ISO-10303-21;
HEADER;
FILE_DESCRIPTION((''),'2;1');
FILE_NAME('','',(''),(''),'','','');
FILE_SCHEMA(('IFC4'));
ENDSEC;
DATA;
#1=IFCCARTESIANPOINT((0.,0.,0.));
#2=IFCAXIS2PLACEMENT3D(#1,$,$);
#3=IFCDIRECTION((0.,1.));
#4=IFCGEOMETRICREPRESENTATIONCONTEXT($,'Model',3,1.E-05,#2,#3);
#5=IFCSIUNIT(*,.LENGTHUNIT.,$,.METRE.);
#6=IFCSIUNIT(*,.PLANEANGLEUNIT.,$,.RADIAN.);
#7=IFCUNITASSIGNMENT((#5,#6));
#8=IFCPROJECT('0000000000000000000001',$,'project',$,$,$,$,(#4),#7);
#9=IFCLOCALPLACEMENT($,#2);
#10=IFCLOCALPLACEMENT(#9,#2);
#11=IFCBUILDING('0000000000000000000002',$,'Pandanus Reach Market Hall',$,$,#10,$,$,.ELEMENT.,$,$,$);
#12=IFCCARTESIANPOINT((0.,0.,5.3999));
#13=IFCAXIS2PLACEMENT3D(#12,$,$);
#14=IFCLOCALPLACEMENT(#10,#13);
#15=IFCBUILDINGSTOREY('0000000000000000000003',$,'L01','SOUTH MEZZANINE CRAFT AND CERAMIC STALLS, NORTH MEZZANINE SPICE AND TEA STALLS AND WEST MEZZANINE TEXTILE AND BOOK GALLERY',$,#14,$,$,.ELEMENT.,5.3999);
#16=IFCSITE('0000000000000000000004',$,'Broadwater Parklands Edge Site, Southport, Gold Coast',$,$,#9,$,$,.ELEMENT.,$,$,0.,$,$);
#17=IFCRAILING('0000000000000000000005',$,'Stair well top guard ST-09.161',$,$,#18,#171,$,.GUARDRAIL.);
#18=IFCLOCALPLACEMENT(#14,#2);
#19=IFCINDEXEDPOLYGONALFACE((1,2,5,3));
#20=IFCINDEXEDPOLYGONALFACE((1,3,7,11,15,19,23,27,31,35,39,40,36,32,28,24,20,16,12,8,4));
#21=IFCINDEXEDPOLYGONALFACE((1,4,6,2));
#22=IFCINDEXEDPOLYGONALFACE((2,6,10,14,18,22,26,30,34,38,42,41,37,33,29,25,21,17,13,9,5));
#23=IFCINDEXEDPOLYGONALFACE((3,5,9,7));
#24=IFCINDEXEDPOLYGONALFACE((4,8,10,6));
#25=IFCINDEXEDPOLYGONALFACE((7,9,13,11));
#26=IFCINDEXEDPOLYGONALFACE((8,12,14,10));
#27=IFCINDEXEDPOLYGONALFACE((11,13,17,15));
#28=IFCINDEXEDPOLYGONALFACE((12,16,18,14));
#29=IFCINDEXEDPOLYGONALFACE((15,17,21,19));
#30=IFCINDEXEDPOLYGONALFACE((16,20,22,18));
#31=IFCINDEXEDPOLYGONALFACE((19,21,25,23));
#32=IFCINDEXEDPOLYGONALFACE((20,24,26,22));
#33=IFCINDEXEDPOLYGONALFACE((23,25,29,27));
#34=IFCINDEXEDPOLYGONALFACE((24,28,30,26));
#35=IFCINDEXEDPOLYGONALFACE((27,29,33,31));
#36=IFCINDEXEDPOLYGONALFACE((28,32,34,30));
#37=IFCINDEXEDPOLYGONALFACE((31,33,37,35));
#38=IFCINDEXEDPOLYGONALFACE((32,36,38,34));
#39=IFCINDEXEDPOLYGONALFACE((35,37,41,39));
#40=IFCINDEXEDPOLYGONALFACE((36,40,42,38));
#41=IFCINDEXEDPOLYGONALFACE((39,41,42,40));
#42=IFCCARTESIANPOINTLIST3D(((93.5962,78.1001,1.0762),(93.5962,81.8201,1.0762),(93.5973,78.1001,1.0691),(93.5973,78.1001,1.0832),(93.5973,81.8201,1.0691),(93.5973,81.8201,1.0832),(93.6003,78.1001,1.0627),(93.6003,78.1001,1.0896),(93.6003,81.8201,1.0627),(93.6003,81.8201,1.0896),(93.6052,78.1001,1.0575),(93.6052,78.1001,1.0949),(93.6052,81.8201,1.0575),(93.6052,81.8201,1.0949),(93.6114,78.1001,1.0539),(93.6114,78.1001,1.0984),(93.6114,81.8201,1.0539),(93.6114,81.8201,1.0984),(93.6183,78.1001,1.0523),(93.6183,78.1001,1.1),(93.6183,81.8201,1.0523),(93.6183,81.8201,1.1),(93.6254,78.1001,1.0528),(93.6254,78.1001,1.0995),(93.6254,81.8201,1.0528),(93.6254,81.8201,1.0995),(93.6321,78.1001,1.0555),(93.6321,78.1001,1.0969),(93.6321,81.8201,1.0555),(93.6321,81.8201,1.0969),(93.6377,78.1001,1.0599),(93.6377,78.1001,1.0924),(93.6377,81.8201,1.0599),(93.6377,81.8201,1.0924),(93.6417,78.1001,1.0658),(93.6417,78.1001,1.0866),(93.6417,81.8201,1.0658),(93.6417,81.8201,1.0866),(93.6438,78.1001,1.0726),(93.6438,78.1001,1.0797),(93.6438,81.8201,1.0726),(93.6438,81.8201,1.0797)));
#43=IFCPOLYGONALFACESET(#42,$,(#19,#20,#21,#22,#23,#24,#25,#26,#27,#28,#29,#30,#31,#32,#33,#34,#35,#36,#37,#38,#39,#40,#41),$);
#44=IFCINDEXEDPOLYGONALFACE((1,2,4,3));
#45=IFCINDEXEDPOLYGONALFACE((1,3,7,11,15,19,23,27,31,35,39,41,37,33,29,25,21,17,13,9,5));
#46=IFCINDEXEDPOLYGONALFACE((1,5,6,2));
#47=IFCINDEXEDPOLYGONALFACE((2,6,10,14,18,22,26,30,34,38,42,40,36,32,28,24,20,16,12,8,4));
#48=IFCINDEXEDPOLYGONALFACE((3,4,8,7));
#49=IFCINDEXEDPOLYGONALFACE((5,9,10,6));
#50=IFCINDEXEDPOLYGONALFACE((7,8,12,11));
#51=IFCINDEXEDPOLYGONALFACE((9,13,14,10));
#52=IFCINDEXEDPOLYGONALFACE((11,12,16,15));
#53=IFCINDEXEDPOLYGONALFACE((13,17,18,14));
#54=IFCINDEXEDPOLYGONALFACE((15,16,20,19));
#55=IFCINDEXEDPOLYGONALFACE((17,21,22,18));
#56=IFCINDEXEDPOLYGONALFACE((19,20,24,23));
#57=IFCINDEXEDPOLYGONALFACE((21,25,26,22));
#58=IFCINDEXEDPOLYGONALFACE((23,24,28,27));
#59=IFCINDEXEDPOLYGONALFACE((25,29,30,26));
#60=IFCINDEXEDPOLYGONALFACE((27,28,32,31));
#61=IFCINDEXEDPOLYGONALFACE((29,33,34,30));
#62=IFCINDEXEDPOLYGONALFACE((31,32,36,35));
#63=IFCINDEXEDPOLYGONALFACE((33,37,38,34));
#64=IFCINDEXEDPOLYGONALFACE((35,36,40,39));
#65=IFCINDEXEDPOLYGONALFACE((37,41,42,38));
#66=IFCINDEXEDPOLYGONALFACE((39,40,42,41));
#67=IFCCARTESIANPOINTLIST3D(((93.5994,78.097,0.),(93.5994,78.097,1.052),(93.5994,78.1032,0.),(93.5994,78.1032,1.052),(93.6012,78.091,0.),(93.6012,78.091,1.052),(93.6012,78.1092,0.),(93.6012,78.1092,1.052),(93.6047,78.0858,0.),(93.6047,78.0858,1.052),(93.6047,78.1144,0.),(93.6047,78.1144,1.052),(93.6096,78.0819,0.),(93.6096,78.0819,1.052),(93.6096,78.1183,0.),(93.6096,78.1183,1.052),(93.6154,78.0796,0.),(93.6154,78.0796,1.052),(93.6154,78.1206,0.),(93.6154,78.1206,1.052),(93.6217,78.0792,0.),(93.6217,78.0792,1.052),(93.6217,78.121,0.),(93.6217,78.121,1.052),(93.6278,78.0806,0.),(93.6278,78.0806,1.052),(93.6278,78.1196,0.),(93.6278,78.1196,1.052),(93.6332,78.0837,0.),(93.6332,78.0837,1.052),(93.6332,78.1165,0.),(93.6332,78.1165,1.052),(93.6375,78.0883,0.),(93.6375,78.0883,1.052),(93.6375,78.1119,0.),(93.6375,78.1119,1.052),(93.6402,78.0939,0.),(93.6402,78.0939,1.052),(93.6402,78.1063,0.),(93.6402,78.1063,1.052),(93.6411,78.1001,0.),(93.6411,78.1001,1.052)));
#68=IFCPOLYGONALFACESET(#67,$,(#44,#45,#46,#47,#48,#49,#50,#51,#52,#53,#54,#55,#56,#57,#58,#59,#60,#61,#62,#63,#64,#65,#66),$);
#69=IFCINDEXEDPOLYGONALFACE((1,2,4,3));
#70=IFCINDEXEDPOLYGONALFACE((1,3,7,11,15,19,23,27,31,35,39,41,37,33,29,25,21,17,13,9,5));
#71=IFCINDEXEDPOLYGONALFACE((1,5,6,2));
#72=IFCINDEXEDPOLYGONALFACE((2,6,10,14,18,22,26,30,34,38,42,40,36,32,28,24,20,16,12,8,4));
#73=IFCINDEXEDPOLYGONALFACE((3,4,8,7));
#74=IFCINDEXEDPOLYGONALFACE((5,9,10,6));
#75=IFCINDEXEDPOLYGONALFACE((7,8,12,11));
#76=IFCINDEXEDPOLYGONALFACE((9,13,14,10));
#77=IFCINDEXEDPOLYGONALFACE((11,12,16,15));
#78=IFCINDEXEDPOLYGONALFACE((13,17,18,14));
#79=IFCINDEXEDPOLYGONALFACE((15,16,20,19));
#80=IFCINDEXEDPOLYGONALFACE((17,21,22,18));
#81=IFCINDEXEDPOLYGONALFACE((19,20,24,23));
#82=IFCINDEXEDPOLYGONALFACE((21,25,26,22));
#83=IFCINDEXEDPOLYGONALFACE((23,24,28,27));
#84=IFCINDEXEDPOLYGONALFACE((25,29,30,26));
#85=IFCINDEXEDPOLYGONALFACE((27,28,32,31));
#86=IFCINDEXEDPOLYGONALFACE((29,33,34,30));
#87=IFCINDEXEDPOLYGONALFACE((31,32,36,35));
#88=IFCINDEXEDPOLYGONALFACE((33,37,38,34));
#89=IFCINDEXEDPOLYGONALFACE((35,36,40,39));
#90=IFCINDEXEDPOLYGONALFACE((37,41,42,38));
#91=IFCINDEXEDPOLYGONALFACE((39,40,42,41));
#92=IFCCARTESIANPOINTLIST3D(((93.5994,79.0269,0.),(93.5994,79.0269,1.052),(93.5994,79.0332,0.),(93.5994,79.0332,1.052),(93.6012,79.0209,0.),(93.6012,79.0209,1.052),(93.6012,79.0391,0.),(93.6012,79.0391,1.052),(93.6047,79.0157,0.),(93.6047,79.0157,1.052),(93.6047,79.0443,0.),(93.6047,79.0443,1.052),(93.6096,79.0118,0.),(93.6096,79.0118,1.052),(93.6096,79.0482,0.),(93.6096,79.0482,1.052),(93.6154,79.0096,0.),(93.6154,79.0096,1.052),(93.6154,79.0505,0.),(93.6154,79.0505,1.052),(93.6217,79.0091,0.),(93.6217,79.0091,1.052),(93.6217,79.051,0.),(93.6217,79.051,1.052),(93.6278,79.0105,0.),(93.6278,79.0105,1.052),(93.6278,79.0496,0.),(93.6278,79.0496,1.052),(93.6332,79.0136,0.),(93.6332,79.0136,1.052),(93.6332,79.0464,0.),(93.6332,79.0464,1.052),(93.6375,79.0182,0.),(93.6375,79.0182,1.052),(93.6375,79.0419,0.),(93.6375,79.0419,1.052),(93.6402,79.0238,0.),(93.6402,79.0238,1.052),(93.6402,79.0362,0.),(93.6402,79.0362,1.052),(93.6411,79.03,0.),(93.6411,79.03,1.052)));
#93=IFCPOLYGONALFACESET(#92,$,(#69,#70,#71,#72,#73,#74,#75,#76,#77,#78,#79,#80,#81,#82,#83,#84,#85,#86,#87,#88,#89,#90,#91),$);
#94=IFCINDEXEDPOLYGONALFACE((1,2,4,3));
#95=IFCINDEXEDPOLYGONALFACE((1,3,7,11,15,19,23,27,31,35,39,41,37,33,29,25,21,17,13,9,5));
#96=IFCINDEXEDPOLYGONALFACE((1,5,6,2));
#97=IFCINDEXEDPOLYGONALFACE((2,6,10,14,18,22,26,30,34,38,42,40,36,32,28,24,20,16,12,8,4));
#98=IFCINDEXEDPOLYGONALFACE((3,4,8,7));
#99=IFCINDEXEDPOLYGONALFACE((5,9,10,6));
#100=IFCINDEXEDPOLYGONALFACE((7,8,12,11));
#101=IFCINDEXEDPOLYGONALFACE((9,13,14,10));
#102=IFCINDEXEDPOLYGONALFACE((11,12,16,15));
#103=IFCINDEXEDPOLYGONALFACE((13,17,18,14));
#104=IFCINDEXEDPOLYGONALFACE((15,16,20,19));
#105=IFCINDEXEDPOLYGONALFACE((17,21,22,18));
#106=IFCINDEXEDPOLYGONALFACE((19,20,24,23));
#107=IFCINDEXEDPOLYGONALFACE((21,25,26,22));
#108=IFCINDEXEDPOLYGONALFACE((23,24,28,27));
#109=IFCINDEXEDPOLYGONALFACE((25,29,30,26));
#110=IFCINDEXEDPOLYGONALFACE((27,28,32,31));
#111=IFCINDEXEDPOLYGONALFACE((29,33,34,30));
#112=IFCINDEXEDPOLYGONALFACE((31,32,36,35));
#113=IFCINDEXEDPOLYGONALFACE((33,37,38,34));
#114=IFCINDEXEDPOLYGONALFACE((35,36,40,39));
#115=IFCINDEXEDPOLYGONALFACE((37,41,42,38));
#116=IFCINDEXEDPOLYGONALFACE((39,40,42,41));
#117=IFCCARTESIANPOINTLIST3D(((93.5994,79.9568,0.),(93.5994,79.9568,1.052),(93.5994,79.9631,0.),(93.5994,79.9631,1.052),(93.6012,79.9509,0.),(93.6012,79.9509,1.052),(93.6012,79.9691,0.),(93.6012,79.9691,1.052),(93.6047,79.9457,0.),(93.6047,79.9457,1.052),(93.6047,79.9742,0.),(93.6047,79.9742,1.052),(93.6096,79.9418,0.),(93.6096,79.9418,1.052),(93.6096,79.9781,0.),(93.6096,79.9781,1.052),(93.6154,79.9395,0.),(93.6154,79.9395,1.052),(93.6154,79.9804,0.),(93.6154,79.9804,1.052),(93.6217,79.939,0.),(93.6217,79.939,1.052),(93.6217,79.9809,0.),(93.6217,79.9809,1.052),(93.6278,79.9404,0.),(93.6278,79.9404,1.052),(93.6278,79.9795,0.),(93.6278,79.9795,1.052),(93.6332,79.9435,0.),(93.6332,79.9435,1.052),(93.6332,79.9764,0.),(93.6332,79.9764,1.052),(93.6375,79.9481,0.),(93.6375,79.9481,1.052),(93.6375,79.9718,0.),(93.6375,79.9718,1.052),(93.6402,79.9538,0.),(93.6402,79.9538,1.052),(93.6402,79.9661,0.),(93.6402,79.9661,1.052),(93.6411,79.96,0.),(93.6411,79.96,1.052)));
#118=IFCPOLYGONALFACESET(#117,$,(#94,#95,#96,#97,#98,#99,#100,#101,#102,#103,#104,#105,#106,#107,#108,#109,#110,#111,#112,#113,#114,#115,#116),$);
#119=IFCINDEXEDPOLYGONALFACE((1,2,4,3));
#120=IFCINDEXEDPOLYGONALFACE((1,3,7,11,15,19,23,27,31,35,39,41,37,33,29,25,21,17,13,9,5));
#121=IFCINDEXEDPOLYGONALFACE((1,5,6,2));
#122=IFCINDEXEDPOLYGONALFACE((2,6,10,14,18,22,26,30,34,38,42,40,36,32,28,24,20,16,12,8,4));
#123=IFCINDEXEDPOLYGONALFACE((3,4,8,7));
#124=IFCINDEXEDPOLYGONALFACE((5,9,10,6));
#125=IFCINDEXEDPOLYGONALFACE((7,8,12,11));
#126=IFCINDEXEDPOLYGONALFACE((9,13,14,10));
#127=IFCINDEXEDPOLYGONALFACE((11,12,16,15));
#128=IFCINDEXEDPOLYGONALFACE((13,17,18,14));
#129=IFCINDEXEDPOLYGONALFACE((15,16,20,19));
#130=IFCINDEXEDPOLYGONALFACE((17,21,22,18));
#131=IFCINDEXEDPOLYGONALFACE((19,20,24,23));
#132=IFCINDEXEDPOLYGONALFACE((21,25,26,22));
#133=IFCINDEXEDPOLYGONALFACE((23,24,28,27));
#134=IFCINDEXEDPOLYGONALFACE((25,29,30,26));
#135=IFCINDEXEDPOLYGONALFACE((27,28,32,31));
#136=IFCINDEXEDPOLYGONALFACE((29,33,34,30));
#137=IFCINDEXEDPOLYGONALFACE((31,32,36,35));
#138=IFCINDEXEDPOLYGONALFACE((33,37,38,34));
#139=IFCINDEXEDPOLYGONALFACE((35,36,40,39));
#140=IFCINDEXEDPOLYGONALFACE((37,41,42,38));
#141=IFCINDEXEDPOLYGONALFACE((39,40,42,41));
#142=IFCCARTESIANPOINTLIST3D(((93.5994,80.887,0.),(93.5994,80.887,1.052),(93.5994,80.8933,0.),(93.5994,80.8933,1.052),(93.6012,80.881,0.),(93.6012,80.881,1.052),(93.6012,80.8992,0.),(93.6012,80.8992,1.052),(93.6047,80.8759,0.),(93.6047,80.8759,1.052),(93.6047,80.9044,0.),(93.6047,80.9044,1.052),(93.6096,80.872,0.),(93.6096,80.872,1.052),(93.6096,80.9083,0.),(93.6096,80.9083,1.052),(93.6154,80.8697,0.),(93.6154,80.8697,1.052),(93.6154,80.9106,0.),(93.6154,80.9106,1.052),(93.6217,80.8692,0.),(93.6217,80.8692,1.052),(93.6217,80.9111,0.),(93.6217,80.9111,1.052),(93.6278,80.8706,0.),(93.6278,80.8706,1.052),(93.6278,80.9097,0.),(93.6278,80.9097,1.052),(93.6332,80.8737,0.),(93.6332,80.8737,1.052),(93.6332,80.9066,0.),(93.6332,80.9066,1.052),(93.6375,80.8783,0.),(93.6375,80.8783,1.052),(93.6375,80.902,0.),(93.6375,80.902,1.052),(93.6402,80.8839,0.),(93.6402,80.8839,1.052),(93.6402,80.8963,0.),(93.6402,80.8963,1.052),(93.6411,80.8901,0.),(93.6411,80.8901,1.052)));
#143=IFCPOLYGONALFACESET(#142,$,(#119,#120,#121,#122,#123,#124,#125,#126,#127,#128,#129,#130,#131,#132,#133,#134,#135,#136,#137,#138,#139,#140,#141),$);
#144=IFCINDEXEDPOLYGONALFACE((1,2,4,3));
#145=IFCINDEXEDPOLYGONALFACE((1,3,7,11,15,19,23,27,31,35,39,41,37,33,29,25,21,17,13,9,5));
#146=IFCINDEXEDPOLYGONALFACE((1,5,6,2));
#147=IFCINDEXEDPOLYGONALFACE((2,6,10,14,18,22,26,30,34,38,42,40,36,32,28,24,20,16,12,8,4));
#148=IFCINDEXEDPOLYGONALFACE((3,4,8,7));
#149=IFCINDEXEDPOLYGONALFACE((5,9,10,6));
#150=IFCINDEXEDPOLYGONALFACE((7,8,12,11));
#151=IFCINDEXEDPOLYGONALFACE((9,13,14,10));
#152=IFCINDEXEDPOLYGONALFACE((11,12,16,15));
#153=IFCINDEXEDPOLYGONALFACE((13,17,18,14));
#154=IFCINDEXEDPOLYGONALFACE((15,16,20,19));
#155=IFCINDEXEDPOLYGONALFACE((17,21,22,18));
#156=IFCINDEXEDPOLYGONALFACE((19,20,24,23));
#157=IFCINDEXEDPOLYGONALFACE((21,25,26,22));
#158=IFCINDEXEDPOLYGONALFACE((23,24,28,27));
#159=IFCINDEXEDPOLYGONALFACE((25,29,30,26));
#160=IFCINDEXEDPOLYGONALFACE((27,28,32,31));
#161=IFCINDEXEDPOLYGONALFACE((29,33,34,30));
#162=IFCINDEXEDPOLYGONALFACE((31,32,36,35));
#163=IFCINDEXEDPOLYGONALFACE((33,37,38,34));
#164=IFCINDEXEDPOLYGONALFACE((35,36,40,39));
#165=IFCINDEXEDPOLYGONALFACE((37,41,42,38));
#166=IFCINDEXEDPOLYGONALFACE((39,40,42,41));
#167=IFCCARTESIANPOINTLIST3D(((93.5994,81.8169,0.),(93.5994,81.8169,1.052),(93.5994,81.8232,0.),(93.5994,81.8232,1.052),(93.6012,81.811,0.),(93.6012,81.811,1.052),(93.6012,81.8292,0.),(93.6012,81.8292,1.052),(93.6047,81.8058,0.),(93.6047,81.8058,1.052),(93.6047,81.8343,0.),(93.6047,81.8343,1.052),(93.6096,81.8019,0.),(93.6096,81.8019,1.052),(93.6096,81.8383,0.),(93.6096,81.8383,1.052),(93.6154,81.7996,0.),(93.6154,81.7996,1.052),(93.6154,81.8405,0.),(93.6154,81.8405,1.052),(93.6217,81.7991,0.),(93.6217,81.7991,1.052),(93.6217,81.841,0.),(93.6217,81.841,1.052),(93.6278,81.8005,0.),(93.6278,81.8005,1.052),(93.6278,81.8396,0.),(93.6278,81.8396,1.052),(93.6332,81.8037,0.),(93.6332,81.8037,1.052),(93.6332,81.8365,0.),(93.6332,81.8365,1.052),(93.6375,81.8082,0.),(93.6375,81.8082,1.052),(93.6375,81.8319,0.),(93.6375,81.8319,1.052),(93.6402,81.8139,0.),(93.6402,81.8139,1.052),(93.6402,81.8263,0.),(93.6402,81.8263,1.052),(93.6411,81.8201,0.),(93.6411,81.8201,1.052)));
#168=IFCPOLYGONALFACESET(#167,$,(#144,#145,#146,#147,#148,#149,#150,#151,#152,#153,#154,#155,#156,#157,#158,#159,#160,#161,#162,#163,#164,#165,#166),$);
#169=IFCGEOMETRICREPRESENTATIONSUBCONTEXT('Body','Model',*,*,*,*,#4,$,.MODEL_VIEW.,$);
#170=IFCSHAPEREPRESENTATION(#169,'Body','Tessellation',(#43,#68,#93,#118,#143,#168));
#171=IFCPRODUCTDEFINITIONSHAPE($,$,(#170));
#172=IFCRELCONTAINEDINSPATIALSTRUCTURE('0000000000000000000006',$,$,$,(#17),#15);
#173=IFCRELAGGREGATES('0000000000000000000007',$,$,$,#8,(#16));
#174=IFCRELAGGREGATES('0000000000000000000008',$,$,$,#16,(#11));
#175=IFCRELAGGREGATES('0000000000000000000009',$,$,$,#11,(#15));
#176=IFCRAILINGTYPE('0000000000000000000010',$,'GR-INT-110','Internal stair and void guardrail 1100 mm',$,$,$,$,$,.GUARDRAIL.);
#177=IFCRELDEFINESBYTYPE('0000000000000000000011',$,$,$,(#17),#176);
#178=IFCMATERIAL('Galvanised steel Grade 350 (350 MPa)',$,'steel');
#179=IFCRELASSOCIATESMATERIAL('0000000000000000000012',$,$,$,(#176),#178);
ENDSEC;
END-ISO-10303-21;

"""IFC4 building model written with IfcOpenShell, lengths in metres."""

from ifc_helpers import new_model, si_unit, direction, frame, origin, origin_2d, place, context, subcontext, project, spatial, circle, extrude, material, type_object, element, save


model = new_model("IFC4")

# Units and contexts
model_context = context("Model", 3, precision=1e-05, world=origin(), true_north=direction((0.0, 1.0)))
body_context = subcontext(model_context, "Body", "Model", "MODEL_VIEW")
ifc_project = project(units=[si_unit("LENGTHUNIT", "METRE"), si_unit("PLANEANGLEUNIT", "RADIAN")], contexts=[model_context])

# Site, building, storey
site_placement = place(None, origin())
site = spatial("IfcSite", under=ifc_project, at=site_placement, Name="Broadwater Parklands Edge Site, Southport, Gold Coast", CompositionType="ELEMENT", RefElevation=0.0)
building_placement = place(site_placement, origin())
building = spatial("IfcBuilding", under=site, at=building_placement, Name="Pandanus Reach Market Hall", CompositionType="ELEMENT")
storey_placement = place(building_placement, frame((0.0, 0.0, 5.3999)))
storey = spatial("IfcBuildingStorey", under=building, at=storey_placement, Name="L01", Description="SOUTH MEZZANINE CRAFT AND CERAMIC STALLS, NORTH MEZZANINE SPICE AND TEA STALLS AND WEST MEZZANINE TEXTILE AND BOOK GALLERY", CompositionType="ELEMENT", Elevation=5.3999)

# Railing
ifc_material_1 = material(Name="Galvanised steel Grade 350 (350 MPa)", Category="steel")
railing_type = type_object("IfcRailingType", Name="GR-INT-110", Description="Internal stair and void guardrail 1100 mm", PredefinedType="GUARDRAIL", material=ifc_material_1)
railing_placement = place(storey_placement, frame((93.6201, 78.1001, 0.0)))
element("IfcRailing", 1, at=railing_placement, inside=storey, type_object=railing_type, Name="Stair well top guard ST-09.161", PredefinedType="GUARDRAIL", context=body_context, shape_type="SweptSolid", body=[
    extrude(circle(Radius=0.0239, at=origin_2d()), frame((0.0, 0.0, 1.0762), z_axis=(0.0, 1.0, 0.0), x_axis=(-1.0, 0.0, 0.0)), (0.0, 0.0, 1.0), 3.72),
    extrude(circle(Radius=0.021, at=origin_2d()), origin(), (0.0, 0.0, 1.0), 1.052),
    extrude(circle(Radius=0.021, at=origin_2d()), frame((0.0, 0.9299, 0.0)), (0.0, 0.0, 1.0), 1.052),
    extrude(circle(Radius=0.021, at=origin_2d()), frame((0.0, 1.8599, 0.0)), (0.0, 0.0, 1.0), 1.052),
    extrude(circle(Radius=0.021, at=origin_2d()), frame((0.0, 2.79, 0.0)), (0.0, 0.0, 1.0), 1.052),
    extrude(circle(Radius=0.021, at=origin_2d()), frame((0.0, 3.72, 0.0)), (0.0, 0.0, 1.0), 1.052),
])

save(model, "model.ifc")
